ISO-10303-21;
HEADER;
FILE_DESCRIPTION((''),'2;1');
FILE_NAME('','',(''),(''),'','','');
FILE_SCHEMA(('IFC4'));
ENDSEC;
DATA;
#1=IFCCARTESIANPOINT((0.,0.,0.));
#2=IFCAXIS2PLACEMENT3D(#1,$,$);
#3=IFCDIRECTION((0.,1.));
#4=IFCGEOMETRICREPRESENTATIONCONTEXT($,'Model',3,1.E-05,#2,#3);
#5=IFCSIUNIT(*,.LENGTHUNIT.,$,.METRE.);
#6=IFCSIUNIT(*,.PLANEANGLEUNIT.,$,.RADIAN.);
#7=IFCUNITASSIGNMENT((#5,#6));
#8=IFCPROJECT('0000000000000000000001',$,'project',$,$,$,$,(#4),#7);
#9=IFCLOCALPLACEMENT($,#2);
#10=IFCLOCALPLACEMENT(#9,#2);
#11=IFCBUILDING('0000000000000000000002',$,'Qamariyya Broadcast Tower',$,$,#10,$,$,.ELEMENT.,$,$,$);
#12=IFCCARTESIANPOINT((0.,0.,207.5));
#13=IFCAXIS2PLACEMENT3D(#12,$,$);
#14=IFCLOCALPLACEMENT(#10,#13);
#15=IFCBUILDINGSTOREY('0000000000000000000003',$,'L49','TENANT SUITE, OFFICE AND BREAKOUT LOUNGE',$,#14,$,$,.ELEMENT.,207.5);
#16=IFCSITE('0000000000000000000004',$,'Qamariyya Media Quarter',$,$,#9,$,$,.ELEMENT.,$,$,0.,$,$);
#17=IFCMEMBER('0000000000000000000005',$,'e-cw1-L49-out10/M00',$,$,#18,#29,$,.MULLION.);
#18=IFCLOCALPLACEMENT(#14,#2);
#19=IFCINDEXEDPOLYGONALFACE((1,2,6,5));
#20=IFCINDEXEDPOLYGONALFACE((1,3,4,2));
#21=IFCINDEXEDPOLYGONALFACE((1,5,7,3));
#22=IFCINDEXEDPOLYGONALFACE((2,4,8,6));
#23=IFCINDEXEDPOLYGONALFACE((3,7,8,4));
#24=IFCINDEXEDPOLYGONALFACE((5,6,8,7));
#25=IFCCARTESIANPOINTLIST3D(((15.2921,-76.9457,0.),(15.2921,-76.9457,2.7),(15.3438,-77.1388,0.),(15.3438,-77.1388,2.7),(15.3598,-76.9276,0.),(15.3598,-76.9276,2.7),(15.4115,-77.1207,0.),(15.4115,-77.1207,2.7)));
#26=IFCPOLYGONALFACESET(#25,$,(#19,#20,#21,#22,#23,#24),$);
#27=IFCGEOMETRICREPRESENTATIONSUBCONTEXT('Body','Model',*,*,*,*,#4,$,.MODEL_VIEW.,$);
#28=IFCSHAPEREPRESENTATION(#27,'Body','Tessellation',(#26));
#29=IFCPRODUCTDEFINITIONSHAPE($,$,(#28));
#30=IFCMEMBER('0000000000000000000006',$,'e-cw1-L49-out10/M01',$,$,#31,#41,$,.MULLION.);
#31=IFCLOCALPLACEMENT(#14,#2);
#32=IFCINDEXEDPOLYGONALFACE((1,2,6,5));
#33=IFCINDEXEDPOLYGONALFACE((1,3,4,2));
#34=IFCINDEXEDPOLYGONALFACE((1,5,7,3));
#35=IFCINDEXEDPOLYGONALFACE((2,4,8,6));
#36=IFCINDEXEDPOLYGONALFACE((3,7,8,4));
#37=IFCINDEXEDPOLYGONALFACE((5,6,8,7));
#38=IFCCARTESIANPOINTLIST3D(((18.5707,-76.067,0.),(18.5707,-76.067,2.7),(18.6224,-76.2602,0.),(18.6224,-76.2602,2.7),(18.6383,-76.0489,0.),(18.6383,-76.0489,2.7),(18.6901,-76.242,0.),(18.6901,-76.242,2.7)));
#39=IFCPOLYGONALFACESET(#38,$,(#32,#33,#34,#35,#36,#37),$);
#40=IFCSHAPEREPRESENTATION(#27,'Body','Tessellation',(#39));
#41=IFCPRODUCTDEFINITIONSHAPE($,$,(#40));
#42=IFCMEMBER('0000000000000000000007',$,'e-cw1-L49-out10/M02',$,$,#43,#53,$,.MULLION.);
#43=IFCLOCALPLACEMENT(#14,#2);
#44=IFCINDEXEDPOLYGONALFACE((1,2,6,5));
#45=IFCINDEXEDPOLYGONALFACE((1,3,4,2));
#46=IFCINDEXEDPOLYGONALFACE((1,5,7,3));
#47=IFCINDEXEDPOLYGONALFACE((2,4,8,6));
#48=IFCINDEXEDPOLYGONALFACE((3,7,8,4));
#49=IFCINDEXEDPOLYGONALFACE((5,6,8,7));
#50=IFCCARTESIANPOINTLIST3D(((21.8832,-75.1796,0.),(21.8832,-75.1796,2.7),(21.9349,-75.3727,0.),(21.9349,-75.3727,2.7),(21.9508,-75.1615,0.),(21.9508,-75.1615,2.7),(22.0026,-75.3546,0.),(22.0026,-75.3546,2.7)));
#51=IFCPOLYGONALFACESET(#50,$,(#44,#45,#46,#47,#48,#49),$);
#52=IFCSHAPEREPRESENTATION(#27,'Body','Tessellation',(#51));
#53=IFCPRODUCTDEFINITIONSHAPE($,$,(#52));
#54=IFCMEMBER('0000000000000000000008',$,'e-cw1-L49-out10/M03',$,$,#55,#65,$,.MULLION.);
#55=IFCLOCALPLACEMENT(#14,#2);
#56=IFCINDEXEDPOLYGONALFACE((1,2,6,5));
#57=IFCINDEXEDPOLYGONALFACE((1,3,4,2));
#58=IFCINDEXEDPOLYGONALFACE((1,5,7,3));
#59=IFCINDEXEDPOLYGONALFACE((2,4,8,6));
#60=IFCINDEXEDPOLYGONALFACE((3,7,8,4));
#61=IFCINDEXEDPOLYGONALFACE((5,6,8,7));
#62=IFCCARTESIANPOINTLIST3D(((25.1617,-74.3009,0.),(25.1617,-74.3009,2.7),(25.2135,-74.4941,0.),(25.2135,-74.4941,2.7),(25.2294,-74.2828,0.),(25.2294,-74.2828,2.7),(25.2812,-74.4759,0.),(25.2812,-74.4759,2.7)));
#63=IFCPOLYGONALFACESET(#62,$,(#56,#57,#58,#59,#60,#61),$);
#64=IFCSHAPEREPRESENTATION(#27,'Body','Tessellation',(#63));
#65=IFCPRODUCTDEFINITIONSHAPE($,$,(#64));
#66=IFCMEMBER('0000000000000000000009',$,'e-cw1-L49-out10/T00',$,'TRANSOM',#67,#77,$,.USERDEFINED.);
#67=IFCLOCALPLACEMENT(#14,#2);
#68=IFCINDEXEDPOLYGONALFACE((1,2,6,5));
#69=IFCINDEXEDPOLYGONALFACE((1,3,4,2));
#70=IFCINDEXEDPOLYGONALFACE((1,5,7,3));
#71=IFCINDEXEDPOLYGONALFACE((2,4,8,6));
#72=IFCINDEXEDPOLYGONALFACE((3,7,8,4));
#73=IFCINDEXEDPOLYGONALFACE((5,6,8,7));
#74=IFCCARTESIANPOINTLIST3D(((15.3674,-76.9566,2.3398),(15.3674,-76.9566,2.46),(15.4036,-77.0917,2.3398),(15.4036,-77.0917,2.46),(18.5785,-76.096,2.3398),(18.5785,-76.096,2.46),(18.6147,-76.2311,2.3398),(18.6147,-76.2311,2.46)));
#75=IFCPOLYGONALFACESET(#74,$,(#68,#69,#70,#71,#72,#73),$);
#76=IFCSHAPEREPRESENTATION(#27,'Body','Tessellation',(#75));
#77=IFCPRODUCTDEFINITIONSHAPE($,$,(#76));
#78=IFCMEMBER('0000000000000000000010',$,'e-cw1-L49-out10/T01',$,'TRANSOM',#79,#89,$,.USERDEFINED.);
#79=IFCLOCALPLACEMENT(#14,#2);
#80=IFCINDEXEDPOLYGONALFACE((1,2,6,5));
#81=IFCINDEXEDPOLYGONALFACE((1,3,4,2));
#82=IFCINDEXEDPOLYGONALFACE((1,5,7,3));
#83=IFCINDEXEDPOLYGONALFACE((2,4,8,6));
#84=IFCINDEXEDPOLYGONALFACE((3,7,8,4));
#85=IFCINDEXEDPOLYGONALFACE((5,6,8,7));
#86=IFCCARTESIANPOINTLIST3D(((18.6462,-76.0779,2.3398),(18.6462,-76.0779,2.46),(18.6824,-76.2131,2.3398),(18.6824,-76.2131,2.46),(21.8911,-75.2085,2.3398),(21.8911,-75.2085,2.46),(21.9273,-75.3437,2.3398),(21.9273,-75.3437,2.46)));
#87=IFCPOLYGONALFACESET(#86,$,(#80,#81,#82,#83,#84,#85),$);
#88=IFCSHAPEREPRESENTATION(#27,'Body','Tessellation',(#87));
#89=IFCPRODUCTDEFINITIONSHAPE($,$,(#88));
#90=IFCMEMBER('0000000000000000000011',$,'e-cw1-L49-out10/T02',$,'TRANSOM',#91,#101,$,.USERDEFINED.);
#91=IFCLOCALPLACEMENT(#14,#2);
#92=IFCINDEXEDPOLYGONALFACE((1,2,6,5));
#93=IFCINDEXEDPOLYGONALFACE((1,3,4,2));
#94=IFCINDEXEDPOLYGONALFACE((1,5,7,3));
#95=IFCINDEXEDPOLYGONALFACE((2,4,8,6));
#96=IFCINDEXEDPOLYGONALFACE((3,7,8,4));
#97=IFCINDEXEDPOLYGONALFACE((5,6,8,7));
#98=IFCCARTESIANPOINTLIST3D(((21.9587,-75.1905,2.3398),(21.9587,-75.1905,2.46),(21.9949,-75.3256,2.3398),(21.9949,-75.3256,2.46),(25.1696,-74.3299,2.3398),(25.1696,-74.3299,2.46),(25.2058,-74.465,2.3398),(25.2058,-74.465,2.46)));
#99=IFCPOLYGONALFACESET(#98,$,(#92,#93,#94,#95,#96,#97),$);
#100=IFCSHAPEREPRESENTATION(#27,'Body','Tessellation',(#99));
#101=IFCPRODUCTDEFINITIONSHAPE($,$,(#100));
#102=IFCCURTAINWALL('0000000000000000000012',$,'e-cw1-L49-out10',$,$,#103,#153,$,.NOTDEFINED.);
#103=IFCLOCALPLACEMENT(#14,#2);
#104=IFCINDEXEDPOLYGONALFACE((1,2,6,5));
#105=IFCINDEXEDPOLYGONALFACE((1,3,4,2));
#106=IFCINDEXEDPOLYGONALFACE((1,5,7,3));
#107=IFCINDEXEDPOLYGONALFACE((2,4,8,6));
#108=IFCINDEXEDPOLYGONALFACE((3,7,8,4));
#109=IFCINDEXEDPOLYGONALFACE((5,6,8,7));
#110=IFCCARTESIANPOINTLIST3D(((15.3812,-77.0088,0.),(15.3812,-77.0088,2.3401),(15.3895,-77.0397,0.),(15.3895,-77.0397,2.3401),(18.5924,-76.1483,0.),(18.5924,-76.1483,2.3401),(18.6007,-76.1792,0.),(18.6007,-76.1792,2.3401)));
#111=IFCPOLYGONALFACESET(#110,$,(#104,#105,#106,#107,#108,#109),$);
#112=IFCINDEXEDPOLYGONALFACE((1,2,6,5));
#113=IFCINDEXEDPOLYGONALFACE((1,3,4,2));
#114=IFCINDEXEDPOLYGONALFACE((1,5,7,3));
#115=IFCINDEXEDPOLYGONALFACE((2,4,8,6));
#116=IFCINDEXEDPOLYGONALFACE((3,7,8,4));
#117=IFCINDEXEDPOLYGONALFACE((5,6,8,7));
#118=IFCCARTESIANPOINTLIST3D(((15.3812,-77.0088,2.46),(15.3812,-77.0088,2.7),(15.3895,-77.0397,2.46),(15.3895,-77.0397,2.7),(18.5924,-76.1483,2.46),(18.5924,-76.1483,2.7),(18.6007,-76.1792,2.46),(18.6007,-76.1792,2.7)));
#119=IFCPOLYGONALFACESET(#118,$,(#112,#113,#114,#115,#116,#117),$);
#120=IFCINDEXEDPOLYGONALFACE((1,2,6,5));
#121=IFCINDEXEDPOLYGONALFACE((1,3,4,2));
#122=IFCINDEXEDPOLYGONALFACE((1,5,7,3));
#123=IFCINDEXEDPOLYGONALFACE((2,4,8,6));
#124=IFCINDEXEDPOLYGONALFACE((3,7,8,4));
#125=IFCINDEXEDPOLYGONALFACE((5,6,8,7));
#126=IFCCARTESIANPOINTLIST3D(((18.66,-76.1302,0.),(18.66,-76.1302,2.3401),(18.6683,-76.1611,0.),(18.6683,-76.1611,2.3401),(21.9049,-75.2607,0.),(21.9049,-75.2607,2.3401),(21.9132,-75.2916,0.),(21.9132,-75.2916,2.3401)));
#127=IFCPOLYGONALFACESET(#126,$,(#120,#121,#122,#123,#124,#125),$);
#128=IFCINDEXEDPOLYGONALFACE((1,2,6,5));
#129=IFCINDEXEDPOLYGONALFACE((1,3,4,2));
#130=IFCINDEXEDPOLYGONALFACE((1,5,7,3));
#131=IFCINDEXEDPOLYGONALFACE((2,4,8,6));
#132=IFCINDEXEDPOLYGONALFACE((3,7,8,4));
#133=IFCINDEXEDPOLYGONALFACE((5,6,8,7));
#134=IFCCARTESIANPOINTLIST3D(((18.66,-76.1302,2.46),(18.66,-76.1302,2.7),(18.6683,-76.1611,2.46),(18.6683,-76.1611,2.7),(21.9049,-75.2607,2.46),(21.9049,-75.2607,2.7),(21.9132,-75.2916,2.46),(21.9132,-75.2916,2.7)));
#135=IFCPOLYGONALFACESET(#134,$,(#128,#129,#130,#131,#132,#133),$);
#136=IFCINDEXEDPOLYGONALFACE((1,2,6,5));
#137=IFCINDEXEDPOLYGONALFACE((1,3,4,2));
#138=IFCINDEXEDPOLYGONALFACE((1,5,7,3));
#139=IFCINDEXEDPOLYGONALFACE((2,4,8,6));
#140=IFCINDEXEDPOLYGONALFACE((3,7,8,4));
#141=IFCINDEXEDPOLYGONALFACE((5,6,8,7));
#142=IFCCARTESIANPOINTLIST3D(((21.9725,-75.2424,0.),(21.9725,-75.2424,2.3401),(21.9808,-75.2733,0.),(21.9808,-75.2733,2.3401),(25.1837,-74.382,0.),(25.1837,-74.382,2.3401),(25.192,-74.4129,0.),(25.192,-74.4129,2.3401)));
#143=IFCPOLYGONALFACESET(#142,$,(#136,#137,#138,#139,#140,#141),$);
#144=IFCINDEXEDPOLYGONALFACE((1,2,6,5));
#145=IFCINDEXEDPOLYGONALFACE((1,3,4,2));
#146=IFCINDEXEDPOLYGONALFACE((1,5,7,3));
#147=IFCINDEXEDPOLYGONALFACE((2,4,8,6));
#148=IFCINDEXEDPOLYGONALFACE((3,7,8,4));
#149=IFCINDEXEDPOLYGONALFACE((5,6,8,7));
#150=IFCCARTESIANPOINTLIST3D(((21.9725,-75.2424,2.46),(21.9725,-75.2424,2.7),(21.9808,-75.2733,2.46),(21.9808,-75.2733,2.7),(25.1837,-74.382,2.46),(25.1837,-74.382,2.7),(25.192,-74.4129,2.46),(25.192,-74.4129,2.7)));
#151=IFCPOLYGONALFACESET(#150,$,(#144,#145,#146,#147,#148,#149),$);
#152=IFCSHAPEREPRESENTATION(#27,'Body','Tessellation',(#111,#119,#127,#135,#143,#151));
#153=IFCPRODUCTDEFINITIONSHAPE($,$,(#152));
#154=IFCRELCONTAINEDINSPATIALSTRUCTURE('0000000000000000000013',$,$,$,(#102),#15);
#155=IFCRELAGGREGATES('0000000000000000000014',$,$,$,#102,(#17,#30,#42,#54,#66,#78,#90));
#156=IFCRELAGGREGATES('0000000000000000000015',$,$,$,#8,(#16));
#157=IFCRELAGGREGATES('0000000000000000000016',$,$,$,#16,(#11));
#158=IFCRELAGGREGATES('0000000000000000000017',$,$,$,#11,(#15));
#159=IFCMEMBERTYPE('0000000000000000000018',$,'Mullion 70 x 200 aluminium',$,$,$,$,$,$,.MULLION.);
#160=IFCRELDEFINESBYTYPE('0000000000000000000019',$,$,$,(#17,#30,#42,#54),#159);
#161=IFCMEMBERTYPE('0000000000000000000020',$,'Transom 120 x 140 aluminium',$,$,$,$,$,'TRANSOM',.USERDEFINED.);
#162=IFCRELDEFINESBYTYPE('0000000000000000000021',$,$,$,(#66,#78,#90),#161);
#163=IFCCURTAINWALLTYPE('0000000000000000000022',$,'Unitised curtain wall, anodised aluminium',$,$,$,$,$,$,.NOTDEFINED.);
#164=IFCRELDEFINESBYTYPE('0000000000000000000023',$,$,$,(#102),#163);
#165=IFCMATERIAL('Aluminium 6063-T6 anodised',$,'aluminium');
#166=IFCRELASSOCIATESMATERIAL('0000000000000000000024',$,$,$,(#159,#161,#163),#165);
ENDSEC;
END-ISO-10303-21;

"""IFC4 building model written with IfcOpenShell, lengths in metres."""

from ifc_helpers import new_model, si_unit, direction, frame, origin, origin_2d, place, context, subcontext, project, spatial, rectangle, extrude, material, material_profile, profile_set, type_object, element, aggregate, save


model = new_model("IFC4")

# Units and contexts
model_context = context("Model", 3, precision=1e-05, world=origin(), true_north=direction((0.0, 1.0)))
body_context = subcontext(model_context, "Body", "Model", "MODEL_VIEW")
ifc_project = project(units=[si_unit("LENGTHUNIT", "METRE"), si_unit("PLANEANGLEUNIT", "RADIAN")], contexts=[model_context])

# Members
ifc_material = material(Name="Aluminium 6063-T6 anodised", Category="aluminium")
ifc_material_profile_1 = material_profile(ifc_material, rectangle(XDim=0.2, YDim=0.0701, at=origin_2d()))
ifc_profile_set_1 = profile_set([ifc_material_profile_1], Name="Aluminium 6063-T6 anodised")
member_type_1 = type_object("IfcMemberType", Name="Mullion 70 x 200 aluminium", PredefinedType="MULLION", material=ifc_profile_set_1)
site_placement = place(None, origin())
building_placement = place(site_placement, origin())
storey_placement = place(building_placement, frame((0.0, 0.0, 207.5)))
member_1_placement = place(storey_placement, frame((15.3518, -77.0332, 0.0), z_axis=(0.0, 0.0, 1.0), x_axis=(-0.258819, 0.965926, 0.0)))
member_1 = element("IfcMember", 1, at=member_1_placement, type_object=member_type_1, Name="e-cw1-L49-out10/M00", PredefinedType="MULLION", context=body_context, shape_type="SweptSolid", body=[
    extrude(rectangle(XDim=0.2, YDim=0.0701, at=origin_2d()), origin(), (0.0, 0.0, 1.0), 2.7),
])
member_2_placement = place(storey_placement, frame((18.6304, -76.1545, 0.0), z_axis=(0.0, 0.0, 1.0), x_axis=(-0.258819, 0.965926, 0.0)))
member_2 = element("IfcMember", 2, at=member_2_placement, type_object=member_type_1, Name="e-cw1-L49-out10/M01", PredefinedType="MULLION", context=body_context, shape_type="SweptSolid", body=[
    extrude(rectangle(XDim=0.2, YDim=0.0701, at=origin_2d()), origin(), (0.0, 0.0, 1.0), 2.7),
])
member_3_placement = place(storey_placement, frame((21.9429, -75.2671, 0.0), z_axis=(0.0, 0.0, 1.0), x_axis=(-0.258819, 0.965926, 0.0)))
member_3 = element("IfcMember", 3, at=member_3_placement, type_object=member_type_1, Name="e-cw1-L49-out10/M02", PredefinedType="MULLION", context=body_context, shape_type="SweptSolid", body=[
    extrude(rectangle(XDim=0.2, YDim=0.0701, at=origin_2d()), origin(), (0.0, 0.0, 1.0), 2.7),
])
member_4_placement = place(storey_placement, frame((25.2214, -74.3884, 0.0), z_axis=(0.0, 0.0, 1.0), x_axis=(-0.258819, 0.965926, 0.0)))
member_4 = element("IfcMember", 4, at=member_4_placement, type_object=member_type_1, Name="e-cw1-L49-out10/M03", PredefinedType="MULLION", context=body_context, shape_type="SweptSolid", body=[
    extrude(rectangle(XDim=0.2, YDim=0.0701, at=origin_2d()), origin(), (0.0, 0.0, 1.0), 2.7),
])
ifc_material_profile_2 = material_profile(ifc_material, rectangle(XDim=0.1399, YDim=0.1201, at=origin_2d()))
ifc_profile_set_2 = profile_set([ifc_material_profile_2], Name="Aluminium 6063-T6 anodised")
member_type_2 = type_object("IfcMemberType", Name="Transom 120 x 140 aluminium", ElementType="TRANSOM", PredefinedType="USERDEFINED", material=ifc_profile_set_2)
member_5_placement = place(storey_placement, frame((15.3855, -77.0242, 2.3999), z_axis=(0.965914, 0.258865, 0.0), x_axis=(-0.258865, 0.965914, 0.0)))
member_5 = element("IfcMember", 5, at=member_5_placement, type_object=member_type_2, Name="e-cw1-L49-out10/T00", ObjectType="TRANSOM", PredefinedType="USERDEFINED", context=body_context, shape_type="SweptSolid", body=[
    extrude(rectangle(XDim=0.1399, YDim=0.1201, at=origin_2d()), origin(), (0.0, 0.0, 1.0), 3.3245),
])
member_6_placement = place(storey_placement, frame((18.6643, -76.1455, 2.3999), z_axis=(0.965932, 0.258798, 0.0), x_axis=(-0.258798, 0.965932, 0.0)))
member_6 = element("IfcMember", 6, at=member_6_placement, type_object=member_type_2, Name="e-cw1-L49-out10/T01", ObjectType="TRANSOM", PredefinedType="USERDEFINED", context=body_context, shape_type="SweptSolid", body=[
    extrude(rectangle(XDim=0.1399, YDim=0.1201, at=origin_2d()), origin(), (0.0, 0.0, 1.0), 3.3594),
])
member_7_placement = place(storey_placement, frame((21.9768, -75.2581, 2.3999), z_axis=(0.965909, 0.258883, 0.0), x_axis=(-0.258883, 0.965909, 0.0)))
member_7 = element("IfcMember", 7, at=member_7_placement, type_object=member_type_2, Name="e-cw1-L49-out10/T02", ObjectType="TRANSOM", PredefinedType="USERDEFINED", context=body_context, shape_type="SweptSolid", body=[
    extrude(rectangle(XDim=0.1399, YDim=0.1201, at=origin_2d()), origin(), (0.0, 0.0, 1.0), 3.3242),
])

# Site, building, storey
site = spatial("IfcSite", under=ifc_project, at=site_placement, Name="Qamariyya Media Quarter", CompositionType="ELEMENT", RefElevation=0.0)
building = spatial("IfcBuilding", under=site, at=building_placement, Name="Qamariyya Broadcast Tower", CompositionType="ELEMENT")
storey = spatial("IfcBuildingStorey", under=building, at=storey_placement, Name="L49", Description="TENANT SUITE, OFFICE AND BREAKOUT LOUNGE", CompositionType="ELEMENT", Elevation=207.5)

# Curtain wall
curtain_wall_type = type_object("IfcCurtainWallType", Name="Unitised curtain wall, anodised aluminium", PredefinedType="NOTDEFINED", material=ifc_material)
curtain_wall_1_placement = place(storey_placement, origin())
curtain_wall_1 = element("IfcCurtainWall", 8, at=curtain_wall_1_placement, inside=storey, type_object=curtain_wall_type, Name="e-cw1-L49-out10", PredefinedType="NOTDEFINED", context=body_context, shape_type="SweptSolid", body=[
    extrude(rectangle(XDim=3.3245, YDim=0.032, at=origin_2d()), frame((16.991, -76.594, 0.0), x_axis=(0.965923, 0.258828, 0.0)), (0.0, 0.0, 1.0), 2.3401),
    extrude(rectangle(XDim=3.3245, YDim=0.032, at=origin_2d()), frame((16.991, -76.594, 2.46), x_axis=(0.965923, 0.258828, 0.0)), (0.0, 0.0, 1.0), 0.24),
    extrude(rectangle(XDim=3.3594, YDim=0.032, at=origin_2d()), frame((20.2866, -75.7109, 0.0), x_axis=(0.965923, 0.258828, 0.0)), (0.0, 0.0, 1.0), 2.3401),
    extrude(rectangle(XDim=3.3594, YDim=0.032, at=origin_2d()), frame((20.2866, -75.7109, 2.46), x_axis=(0.965923, 0.258828, 0.0)), (0.0, 0.0, 1.0), 0.24),
    extrude(rectangle(XDim=3.3245, YDim=0.032, at=origin_2d()), frame((23.5823, -74.8276, 0.0), x_axis=(0.965923, 0.258828, 0.0)), (0.0, 0.0, 1.0), 2.3401),
    extrude(rectangle(XDim=3.3245, YDim=0.032, at=origin_2d()), frame((23.5823, -74.8276, 2.46), x_axis=(0.965923, 0.258828, 0.0)), (0.0, 0.0, 1.0), 0.24),
])
aggregate(curtain_wall_1, [member_1, member_2, member_3, member_4, member_5, member_6, member_7])

save(model, "model.ifc")
